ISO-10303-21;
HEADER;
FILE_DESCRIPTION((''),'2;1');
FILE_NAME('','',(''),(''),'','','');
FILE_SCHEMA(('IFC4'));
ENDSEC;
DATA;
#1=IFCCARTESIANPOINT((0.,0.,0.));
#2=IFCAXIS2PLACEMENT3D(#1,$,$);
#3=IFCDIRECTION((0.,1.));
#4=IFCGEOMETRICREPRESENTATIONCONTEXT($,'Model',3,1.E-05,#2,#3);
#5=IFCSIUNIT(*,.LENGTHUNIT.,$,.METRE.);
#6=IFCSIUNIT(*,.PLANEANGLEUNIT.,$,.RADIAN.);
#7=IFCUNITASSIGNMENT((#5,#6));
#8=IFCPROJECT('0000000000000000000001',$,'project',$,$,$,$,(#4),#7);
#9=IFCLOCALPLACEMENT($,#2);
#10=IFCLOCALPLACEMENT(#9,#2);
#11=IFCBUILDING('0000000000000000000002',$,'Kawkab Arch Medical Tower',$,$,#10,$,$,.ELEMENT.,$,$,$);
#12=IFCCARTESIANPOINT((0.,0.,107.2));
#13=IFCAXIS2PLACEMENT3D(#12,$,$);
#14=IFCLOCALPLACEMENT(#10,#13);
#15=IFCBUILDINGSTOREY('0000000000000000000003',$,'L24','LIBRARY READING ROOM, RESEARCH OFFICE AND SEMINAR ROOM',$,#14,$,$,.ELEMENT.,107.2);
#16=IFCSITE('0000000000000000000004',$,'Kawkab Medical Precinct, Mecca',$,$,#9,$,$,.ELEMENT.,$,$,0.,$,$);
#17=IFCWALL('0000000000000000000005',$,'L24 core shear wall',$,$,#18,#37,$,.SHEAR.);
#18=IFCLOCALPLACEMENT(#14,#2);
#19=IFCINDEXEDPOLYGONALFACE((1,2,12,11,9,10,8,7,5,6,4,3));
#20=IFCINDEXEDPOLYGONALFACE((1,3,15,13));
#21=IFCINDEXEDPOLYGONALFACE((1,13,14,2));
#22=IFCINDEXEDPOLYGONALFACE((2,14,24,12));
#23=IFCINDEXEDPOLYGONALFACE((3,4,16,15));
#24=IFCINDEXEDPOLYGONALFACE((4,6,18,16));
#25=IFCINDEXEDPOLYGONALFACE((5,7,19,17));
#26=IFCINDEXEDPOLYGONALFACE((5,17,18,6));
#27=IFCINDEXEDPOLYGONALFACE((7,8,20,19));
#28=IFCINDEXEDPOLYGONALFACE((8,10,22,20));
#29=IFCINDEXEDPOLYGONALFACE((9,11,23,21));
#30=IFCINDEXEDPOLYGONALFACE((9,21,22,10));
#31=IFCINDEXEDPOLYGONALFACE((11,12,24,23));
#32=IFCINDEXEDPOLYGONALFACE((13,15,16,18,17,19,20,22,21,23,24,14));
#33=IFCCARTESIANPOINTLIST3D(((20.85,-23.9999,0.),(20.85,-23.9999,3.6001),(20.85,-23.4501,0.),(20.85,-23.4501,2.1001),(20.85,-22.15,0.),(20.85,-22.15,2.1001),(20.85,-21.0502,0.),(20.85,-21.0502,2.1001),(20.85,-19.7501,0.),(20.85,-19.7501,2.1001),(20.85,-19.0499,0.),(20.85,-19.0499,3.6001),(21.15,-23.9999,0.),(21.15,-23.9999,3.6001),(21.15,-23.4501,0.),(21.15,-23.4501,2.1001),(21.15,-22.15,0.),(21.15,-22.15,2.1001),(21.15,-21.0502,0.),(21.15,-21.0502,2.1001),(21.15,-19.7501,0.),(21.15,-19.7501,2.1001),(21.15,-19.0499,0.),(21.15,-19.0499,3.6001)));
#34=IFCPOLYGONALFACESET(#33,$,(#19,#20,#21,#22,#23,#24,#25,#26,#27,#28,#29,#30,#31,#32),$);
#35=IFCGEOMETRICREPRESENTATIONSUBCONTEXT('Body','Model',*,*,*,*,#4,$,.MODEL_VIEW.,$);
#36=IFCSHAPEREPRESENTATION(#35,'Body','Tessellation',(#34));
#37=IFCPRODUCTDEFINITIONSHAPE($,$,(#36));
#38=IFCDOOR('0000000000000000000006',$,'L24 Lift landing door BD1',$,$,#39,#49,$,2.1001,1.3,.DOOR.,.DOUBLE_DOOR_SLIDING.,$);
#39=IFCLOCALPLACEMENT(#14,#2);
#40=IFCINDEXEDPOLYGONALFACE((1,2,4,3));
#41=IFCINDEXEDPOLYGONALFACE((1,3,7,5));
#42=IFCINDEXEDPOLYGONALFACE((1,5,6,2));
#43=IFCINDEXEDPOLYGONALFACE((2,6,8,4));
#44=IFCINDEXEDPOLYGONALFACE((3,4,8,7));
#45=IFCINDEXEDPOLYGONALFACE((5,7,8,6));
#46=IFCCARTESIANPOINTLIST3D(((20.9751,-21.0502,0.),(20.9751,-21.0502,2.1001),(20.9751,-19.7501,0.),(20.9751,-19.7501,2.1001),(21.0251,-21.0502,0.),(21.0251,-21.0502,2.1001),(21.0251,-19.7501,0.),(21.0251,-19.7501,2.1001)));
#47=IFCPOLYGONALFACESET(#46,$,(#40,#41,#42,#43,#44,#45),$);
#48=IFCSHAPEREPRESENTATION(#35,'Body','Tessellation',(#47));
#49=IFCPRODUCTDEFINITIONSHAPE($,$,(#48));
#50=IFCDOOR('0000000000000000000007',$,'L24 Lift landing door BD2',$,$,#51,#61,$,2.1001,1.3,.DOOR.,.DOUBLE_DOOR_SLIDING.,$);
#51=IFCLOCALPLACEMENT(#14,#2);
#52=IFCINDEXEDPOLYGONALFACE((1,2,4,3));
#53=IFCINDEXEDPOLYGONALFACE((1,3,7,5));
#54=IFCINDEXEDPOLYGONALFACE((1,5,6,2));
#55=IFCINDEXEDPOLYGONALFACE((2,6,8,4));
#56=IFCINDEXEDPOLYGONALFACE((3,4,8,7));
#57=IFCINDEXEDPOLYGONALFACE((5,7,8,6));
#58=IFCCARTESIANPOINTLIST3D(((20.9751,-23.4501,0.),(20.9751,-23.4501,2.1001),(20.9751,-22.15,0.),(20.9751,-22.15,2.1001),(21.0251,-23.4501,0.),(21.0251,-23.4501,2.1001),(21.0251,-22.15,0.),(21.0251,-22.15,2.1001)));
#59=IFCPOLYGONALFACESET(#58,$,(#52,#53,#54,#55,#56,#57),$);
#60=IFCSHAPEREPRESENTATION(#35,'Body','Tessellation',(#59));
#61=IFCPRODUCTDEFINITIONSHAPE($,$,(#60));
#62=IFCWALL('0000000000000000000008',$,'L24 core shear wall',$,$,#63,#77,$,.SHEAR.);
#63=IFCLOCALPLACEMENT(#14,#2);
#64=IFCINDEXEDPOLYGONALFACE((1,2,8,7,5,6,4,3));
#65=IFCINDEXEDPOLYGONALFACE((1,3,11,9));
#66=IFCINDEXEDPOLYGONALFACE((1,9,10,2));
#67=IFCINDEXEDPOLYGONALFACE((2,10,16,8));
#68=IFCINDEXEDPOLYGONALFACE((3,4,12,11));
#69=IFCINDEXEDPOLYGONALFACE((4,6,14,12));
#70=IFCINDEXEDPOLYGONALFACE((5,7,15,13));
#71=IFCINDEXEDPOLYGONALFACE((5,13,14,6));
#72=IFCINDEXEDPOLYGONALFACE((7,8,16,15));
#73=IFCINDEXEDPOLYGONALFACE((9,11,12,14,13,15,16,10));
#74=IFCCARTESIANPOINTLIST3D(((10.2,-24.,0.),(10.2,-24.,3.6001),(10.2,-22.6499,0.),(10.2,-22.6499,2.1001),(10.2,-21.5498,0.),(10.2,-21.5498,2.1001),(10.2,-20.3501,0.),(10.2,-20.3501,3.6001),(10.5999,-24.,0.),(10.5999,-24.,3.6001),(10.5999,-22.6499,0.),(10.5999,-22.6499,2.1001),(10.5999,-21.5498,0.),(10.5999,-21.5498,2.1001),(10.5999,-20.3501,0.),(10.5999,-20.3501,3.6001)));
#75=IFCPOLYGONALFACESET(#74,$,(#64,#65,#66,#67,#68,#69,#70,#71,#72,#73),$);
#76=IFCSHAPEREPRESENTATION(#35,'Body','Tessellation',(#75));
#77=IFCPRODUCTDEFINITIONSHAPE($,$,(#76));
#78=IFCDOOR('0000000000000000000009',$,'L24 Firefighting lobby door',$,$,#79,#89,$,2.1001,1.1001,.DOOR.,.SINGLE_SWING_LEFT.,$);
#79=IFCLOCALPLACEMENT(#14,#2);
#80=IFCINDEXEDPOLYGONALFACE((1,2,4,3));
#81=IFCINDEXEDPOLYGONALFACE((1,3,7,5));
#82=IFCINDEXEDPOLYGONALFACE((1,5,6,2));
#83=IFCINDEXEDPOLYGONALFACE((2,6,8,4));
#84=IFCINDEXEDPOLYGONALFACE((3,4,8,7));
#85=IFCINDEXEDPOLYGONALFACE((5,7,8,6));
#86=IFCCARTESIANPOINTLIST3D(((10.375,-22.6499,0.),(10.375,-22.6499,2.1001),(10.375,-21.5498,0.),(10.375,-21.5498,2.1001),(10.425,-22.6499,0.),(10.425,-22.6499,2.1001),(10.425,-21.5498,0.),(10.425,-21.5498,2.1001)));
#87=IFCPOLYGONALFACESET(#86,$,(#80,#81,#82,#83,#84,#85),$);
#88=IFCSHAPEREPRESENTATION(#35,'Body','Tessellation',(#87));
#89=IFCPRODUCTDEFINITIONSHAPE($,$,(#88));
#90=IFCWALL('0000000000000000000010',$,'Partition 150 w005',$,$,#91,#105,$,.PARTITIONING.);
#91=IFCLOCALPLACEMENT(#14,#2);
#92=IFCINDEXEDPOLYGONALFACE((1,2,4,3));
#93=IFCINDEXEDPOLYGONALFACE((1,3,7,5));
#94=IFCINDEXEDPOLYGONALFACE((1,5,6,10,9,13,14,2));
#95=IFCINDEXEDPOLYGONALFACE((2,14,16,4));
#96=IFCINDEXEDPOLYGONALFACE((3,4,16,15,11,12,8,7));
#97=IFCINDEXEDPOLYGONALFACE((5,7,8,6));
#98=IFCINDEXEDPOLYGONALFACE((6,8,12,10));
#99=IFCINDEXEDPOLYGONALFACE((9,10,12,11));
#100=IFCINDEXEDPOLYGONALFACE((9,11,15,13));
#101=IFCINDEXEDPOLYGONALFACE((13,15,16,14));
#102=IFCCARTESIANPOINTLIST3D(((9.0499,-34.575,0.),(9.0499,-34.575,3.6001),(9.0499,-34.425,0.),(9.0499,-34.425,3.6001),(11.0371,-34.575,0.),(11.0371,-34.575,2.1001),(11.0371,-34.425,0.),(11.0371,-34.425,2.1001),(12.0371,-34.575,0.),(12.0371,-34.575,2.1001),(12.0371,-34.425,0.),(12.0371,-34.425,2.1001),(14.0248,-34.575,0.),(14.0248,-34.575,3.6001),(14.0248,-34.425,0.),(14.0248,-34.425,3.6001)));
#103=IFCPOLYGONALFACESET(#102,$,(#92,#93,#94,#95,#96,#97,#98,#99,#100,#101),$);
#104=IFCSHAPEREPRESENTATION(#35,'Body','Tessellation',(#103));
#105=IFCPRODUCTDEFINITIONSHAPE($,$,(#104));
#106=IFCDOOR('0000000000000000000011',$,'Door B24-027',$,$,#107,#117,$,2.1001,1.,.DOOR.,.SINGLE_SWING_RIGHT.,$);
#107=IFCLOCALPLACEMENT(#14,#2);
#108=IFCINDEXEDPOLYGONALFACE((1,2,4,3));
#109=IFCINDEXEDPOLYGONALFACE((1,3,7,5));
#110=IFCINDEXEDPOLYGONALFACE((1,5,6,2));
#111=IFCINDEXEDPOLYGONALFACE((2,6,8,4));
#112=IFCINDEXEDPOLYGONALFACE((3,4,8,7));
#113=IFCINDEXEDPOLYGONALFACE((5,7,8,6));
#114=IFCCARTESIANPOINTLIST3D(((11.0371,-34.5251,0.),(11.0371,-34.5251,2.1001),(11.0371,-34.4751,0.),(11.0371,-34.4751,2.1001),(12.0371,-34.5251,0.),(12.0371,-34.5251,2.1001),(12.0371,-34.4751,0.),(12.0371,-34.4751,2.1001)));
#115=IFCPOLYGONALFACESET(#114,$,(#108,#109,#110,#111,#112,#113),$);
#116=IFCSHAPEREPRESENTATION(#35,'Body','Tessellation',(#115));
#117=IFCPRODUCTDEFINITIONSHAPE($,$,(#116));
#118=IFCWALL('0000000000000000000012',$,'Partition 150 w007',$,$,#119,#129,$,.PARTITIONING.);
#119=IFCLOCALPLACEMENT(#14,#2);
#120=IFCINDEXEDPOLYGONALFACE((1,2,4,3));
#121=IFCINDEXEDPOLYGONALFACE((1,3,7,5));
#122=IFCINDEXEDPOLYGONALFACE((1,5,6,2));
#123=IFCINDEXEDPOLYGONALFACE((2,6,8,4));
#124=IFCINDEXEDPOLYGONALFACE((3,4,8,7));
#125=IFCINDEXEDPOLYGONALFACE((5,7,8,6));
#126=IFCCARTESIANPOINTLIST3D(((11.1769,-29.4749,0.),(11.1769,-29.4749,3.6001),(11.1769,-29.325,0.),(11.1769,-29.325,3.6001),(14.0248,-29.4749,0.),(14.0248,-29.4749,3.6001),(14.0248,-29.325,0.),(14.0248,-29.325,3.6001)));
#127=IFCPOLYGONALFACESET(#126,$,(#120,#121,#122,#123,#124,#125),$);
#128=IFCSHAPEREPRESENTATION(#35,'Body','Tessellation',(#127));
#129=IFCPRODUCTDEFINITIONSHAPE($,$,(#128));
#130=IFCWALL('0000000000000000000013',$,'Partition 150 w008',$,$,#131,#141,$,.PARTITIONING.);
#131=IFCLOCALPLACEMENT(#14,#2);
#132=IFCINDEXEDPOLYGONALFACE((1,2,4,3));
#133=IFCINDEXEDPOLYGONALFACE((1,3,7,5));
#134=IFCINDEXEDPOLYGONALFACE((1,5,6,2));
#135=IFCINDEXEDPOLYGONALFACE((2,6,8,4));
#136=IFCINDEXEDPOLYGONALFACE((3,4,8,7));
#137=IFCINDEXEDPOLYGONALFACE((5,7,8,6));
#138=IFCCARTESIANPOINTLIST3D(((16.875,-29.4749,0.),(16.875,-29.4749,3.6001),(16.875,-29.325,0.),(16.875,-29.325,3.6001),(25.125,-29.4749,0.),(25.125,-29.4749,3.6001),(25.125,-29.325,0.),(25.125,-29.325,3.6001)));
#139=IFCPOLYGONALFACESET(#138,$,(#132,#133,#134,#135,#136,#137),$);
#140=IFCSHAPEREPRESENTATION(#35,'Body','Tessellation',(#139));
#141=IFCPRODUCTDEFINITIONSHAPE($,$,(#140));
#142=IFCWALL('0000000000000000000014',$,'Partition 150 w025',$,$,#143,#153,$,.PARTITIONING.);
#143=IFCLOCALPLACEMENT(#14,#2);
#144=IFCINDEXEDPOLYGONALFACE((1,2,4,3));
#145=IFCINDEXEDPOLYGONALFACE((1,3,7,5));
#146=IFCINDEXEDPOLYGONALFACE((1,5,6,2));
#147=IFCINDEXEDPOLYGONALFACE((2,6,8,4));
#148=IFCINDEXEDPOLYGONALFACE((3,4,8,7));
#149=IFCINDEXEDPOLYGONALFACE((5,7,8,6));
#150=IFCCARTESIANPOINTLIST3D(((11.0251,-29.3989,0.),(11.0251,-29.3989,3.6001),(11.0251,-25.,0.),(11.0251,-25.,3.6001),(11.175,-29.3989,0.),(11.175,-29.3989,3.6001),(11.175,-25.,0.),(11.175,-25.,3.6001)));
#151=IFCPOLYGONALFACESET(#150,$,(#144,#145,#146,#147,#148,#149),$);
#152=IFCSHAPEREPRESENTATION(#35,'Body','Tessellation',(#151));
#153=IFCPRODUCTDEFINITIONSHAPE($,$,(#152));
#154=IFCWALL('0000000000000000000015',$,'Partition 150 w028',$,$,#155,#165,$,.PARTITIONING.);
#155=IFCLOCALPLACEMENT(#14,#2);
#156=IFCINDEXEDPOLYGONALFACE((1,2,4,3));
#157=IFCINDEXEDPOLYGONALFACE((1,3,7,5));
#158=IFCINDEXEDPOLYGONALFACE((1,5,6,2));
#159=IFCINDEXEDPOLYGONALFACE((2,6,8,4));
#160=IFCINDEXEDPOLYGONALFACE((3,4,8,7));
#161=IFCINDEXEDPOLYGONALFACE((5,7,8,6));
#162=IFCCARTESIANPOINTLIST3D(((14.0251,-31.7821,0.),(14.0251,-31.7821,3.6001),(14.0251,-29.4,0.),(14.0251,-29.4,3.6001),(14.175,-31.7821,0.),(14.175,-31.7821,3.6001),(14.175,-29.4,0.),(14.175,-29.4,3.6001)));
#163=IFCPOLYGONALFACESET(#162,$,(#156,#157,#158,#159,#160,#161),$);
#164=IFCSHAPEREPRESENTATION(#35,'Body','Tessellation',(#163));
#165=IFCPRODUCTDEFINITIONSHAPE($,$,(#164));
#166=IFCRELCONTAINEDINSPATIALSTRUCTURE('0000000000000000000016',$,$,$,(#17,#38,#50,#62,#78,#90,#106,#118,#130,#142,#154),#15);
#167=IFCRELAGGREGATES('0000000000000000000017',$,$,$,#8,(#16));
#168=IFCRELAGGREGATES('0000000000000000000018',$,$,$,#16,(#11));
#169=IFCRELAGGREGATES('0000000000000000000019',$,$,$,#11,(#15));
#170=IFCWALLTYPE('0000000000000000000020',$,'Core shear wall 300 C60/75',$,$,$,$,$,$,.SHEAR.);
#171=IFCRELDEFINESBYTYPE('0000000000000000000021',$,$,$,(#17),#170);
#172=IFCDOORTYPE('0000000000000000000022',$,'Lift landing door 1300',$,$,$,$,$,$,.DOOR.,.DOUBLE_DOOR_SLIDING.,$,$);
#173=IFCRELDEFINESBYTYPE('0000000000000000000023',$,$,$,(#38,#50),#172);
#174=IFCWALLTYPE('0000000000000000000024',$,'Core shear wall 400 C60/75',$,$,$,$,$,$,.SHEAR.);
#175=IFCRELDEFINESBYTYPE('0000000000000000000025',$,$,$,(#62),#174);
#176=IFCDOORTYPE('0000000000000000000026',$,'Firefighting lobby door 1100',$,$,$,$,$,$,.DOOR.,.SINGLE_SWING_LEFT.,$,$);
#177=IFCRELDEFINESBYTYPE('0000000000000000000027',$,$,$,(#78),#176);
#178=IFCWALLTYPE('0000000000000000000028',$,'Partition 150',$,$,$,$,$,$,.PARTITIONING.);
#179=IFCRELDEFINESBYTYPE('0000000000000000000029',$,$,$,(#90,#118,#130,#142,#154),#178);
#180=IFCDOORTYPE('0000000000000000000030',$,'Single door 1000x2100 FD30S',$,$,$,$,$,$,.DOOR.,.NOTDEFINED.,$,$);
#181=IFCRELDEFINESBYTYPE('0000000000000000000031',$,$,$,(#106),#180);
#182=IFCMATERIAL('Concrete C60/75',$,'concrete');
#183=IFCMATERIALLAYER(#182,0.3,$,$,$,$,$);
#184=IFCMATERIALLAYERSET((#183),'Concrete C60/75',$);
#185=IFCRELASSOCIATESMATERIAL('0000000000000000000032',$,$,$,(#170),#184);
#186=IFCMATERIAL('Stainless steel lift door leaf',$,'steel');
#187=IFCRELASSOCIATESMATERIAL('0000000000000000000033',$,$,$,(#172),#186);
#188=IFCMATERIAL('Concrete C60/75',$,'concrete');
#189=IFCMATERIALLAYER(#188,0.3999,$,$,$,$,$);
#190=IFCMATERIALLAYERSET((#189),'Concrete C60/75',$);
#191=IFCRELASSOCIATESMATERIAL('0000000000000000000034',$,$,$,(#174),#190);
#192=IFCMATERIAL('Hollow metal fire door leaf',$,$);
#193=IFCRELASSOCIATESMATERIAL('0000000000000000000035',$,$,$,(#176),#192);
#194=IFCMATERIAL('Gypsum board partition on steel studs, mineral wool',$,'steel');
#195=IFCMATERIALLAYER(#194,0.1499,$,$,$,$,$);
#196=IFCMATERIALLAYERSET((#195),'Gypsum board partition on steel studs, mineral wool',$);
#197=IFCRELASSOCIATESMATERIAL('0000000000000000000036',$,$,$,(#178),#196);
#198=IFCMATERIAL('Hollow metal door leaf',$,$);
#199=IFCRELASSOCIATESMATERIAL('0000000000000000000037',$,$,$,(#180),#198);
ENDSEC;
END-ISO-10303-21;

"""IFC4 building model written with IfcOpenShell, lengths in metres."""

from ifc_helpers import new_model, si_unit, direction, frame, frame_2d, origin, place, context, subcontext, project, spatial, rectangle, extrude, material, layer, layer_set, type_object, element, fill, save


model = new_model("IFC4")

# Units and contexts
model_context = context("Model", 3, precision=1e-05, world=origin(), true_north=direction((0.0, 1.0)))
body_context = subcontext(model_context, "Body", "Model", "MODEL_VIEW")
ifc_project = project(units=[si_unit("LENGTHUNIT", "METRE"), si_unit("PLANEANGLEUNIT", "RADIAN")], contexts=[model_context])

# Site, building, storey
site_placement = place(None, origin())
site = spatial("IfcSite", under=ifc_project, at=site_placement, Name="Kawkab Medical Precinct, Mecca", CompositionType="ELEMENT", RefElevation=0.0)
building_placement = place(site_placement, origin())
building = spatial("IfcBuilding", under=site, at=building_placement, Name="Kawkab Arch Medical Tower", CompositionType="ELEMENT")
storey_placement = place(building_placement, frame((0.0, 0.0, 107.2)))
storey = spatial("IfcBuildingStorey", under=building, at=storey_placement, Name="L24", Description="LIBRARY READING ROOM, RESEARCH OFFICE AND SEMINAR ROOM", CompositionType="ELEMENT", Elevation=107.2)

# Wall, openings, doors
ifc_material_1 = material(Name="Concrete C60/75", Category="concrete")
ifc_layer_1 = layer(ifc_material_1, 0.3)
ifc_layer_set_1 = layer_set([ifc_layer_1], Name="Concrete C60/75")
wall_type_1 = type_object("IfcWallType", Name="Core shear wall 300 C60/75", PredefinedType="SHEAR", material=ifc_layer_set_1)
wall_1_placement = place(storey_placement, frame((21.0, -24.0, 0.0), z_axis=(0.0, 0.0, 1.0), x_axis=(0.0, 1.0, 0.0)))
wall_1 = element("IfcWall", 1, at=wall_1_placement, inside=storey, type_object=wall_type_1, Name="L24 core shear wall", PredefinedType="SHEAR", context=body_context, shape_type="SweptSolid", body=[
    extrude(rectangle(XDim=4.95, YDim=0.3, at=frame_2d((2.4751, 0.0))), origin(), (0.0, 0.0, 1.0), 3.6001),
])
opening_1_placement = place(wall_1_placement, frame((2.95, 0.0, 0.0)))
opening_1 = element("IfcOpeningElement", 2, at=opening_1_placement, cuts=wall_1, PredefinedType="OPENING", context=body_context, shape_type="SweptSolid", body=[
    extrude(rectangle(XDim=1.3, YDim=2.1001, at=frame_2d((0.6499, 1.05))), frame((0.0, 0.1599, 0.0), z_axis=(0.0, -1.0, 0.0), x_axis=(1.0, 0.0, 0.0)), (0.0, 0.0, 1.0), 0.3201),
])
opening_2_placement = place(wall_1_placement, frame((0.55, 0.0, 0.0)))
opening_2 = element("IfcOpeningElement", 3, at=opening_2_placement, cuts=wall_1, PredefinedType="OPENING", context=body_context, shape_type="SweptSolid", body=[
    extrude(rectangle(XDim=1.3, YDim=2.1001, at=frame_2d((0.6499, 1.05))), frame((0.0, 0.1599, 0.0), z_axis=(0.0, -1.0, 0.0), x_axis=(1.0, 0.0, 0.0)), (0.0, 0.0, 1.0), 0.3201),
])
ifc_material_2 = material(Name="Stainless steel lift door leaf", Category="steel")
door_type_1 = type_object("IfcDoorType", Name="Lift landing door 1300", OperationType="DOUBLE_DOOR_SLIDING", PredefinedType="DOOR", material=ifc_material_2)
door_1_placement = place(opening_1_placement, origin())
door_1 = element("IfcDoor", 4, at=door_1_placement, inside=storey, type_object=door_type_1, Name="L24 Lift landing door BD1", OperationType="DOUBLE_DOOR_SLIDING", OverallHeight=2.1001, OverallWidth=1.3, PredefinedType="DOOR", context=body_context, shape_type="SweptSolid", body=[
    extrude(rectangle(XDim=1.3, YDim=2.1001, at=frame_2d((0.6499, 1.05))), frame((0.0, 0.0249, 0.0), z_axis=(0.0, -1.0, 0.0), x_axis=(1.0, 0.0, 0.0)), (0.0, 0.0, 1.0), 0.05),
])
fill(opening_1, door_1)
door_2_placement = place(opening_2_placement, origin())
door_2 = element("IfcDoor", 5, at=door_2_placement, inside=storey, type_object=door_type_1, Name="L24 Lift landing door BD2", OperationType="DOUBLE_DOOR_SLIDING", OverallHeight=2.1001, OverallWidth=1.3, PredefinedType="DOOR", context=body_context, shape_type="SweptSolid", body=[
    extrude(rectangle(XDim=1.3, YDim=2.1001, at=frame_2d((0.6499, 1.05))), frame((0.0, 0.0249, 0.0), z_axis=(0.0, -1.0, 0.0), x_axis=(1.0, 0.0, 0.0)), (0.0, 0.0, 1.0), 0.05),
])
fill(opening_2, door_2)

# Walls, openings, doors
ifc_material_3 = material(Name="Concrete C60/75", Category="concrete")
ifc_layer_2 = layer(ifc_material_3, 0.3999)
ifc_layer_set_2 = layer_set([ifc_layer_2], Name="Concrete C60/75")
wall_type_2 = type_object("IfcWallType", Name="Core shear wall 400 C60/75", PredefinedType="SHEAR", material=ifc_layer_set_2)
wall_2_placement = place(storey_placement, frame((10.3999, -24.0, 0.0), z_axis=(0.0, 0.0, 1.0), x_axis=(0.0, 1.0, 0.0)))
wall_2 = element("IfcWall", 6, at=wall_2_placement, inside=storey, type_object=wall_type_2, Name="L24 core shear wall", PredefinedType="SHEAR", context=body_context, shape_type="SweptSolid", body=[
    extrude(rectangle(XDim=3.6499, YDim=0.3999, at=frame_2d((1.825, 0.0))), origin(), (0.0, 0.0, 1.0), 3.6001),
])
opening_3_placement = place(wall_2_placement, frame((1.3501, 0.0, 0.0)))
opening_3 = element("IfcOpeningElement", 7, at=opening_3_placement, cuts=wall_2, PredefinedType="OPENING", context=body_context, shape_type="SweptSolid", body=[
    extrude(rectangle(XDim=1.1001, YDim=2.1001, at=frame_2d((0.55, 1.05))), frame((0.0, 0.21, 0.0), z_axis=(0.0, -1.0, 0.0), x_axis=(1.0, 0.0, 0.0)), (0.0, 0.0, 1.0), 0.4199),
])
ifc_material_4 = material(Name="Hollow metal fire door leaf")
door_type_2 = type_object("IfcDoorType", Name="Firefighting lobby door 1100", OperationType="SINGLE_SWING_LEFT", PredefinedType="DOOR", material=ifc_material_4)
door_3_placement = place(opening_3_placement, origin())
door_3 = element("IfcDoor", 8, at=door_3_placement, inside=storey, type_object=door_type_2, Name="L24 Firefighting lobby door", OperationType="SINGLE_SWING_LEFT", OverallHeight=2.1001, OverallWidth=1.1001, PredefinedType="DOOR", context=body_context, shape_type="SweptSolid", body=[
    extrude(rectangle(XDim=1.1001, YDim=2.1001, at=frame_2d((0.55, 1.05))), frame((0.0, 0.0249, 0.0), z_axis=(0.0, -1.0, 0.0), x_axis=(1.0, 0.0, 0.0)), (0.0, 0.0, 1.0), 0.05),
])
fill(opening_3, door_3)
ifc_material_5 = material(Name="Gypsum board partition on steel studs, mineral wool", Category="steel")
ifc_layer_3 = layer(ifc_material_5, 0.1499)
ifc_layer_set_3 = layer_set([ifc_layer_3], Name="Gypsum board partition on steel studs, mineral wool")
wall_type_3 = type_object("IfcWallType", Name="Partition 150", PredefinedType="PARTITIONING", material=ifc_layer_set_3)
wall_3_placement = place(storey_placement, frame((9.05, -34.5, 0.0), z_axis=(0.0, 0.0, 1.0), x_axis=(1.0, 0.0, 0.0)))
wall_3 = element("IfcWall", 9, at=wall_3_placement, inside=storey, type_object=wall_type_3, Name="Partition 150 w005", PredefinedType="PARTITIONING", context=body_context, shape_type="SweptSolid", body=[
    extrude(rectangle(XDim=4.9749, YDim=0.1499, at=frame_2d((2.4873, 0.0))), origin(), (0.0, 0.0, 1.0), 3.6001),
])
opening_4_placement = place(wall_3_placement, frame((1.9871, 0.0, 0.0)))
opening_4 = element("IfcOpeningElement", 10, at=opening_4_placement, cuts=wall_3, PredefinedType="OPENING", context=body_context, shape_type="SweptSolid", body=[
    extrude(rectangle(XDim=1.0, YDim=2.1001, at=frame_2d((0.5, 1.05))), frame((0.0, 0.085, 0.0), z_axis=(0.0, -1.0, 0.0), x_axis=(1.0, 0.0, 0.0)), (0.0, 0.0, 1.0), 0.1699),
])
ifc_material_6 = material(Name="Hollow metal door leaf")
door_type_3 = type_object("IfcDoorType", Name="Single door 1000x2100 FD30S", OperationType="NOTDEFINED", PredefinedType="DOOR", material=ifc_material_6)
door_4_placement = place(opening_4_placement, origin())
door_4 = element("IfcDoor", 11, at=door_4_placement, inside=storey, type_object=door_type_3, Name="Door B24-027", OperationType="SINGLE_SWING_RIGHT", OverallHeight=2.1001, OverallWidth=1.0, PredefinedType="DOOR", context=body_context, shape_type="SweptSolid", body=[
    extrude(rectangle(XDim=1.0, YDim=2.1001, at=frame_2d((0.5, 1.05))), frame((0.0, 0.0249, 0.0), z_axis=(0.0, -1.0, 0.0), x_axis=(1.0, 0.0, 0.0)), (0.0, 0.0, 1.0), 0.05),
])
fill(opening_4, door_4)

# Walls
wall_4_placement = place(storey_placement, frame((11.177, -29.3999, 0.0), z_axis=(0.0, 0.0, 1.0), x_axis=(1.0, 0.0, 0.0)))
element("IfcWall", 12, at=wall_4_placement, inside=storey, type_object=wall_type_3, Name="Partition 150 w007", PredefinedType="PARTITIONING", context=body_context, shape_type="SweptSolid", body=[
    extrude(rectangle(XDim=2.8479, YDim=0.1499, at=frame_2d((1.4238, 0.0))), origin(), (0.0, 0.0, 1.0), 3.6001),
])
wall_5_placement = place(storey_placement, frame((16.875, -29.3999, 0.0), z_axis=(0.0, 0.0, 1.0), x_axis=(1.0, 0.0, 0.0)))
element("IfcWall", 13, at=wall_5_placement, inside=storey, type_object=wall_type_3, Name="Partition 150 w008", PredefinedType="PARTITIONING", context=body_context, shape_type="SweptSolid", body=[
    extrude(rectangle(XDim=8.25, YDim=0.1499, at=frame_2d((4.125, 0.0))), origin(), (0.0, 0.0, 1.0), 3.6001),
])
wall_6_placement = place(storey_placement, frame((11.1001, -29.3989, 0.0), z_axis=(0.0, 0.0, 1.0), x_axis=(0.0, 1.0, 0.0)))
element("IfcWall", 14, at=wall_6_placement, inside=storey, type_object=wall_type_3, Name="Partition 150 w025", PredefinedType="PARTITIONING", context=body_context, shape_type="SweptSolid", body=[
    extrude(rectangle(XDim=4.3989, YDim=0.1499, at=frame_2d((2.1995, 0.0))), origin(), (0.0, 0.0, 1.0), 3.6001),
])
wall_7_placement = place(storey_placement, frame((14.1001, -31.782, 0.0), z_axis=(0.0, 0.0, 1.0), x_axis=(0.0, 1.0, 0.0)))
element("IfcWall", 15, at=wall_7_placement, inside=storey, type_object=wall_type_3, Name="Partition 150 w028", PredefinedType="PARTITIONING", context=body_context, shape_type="SweptSolid", body=[
    extrude(rectangle(XDim=2.3821, YDim=0.1499, at=frame_2d((1.1909, 0.0))), origin(), (0.0, 0.0, 1.0), 3.6001),
])

save(model, "model.ifc")
